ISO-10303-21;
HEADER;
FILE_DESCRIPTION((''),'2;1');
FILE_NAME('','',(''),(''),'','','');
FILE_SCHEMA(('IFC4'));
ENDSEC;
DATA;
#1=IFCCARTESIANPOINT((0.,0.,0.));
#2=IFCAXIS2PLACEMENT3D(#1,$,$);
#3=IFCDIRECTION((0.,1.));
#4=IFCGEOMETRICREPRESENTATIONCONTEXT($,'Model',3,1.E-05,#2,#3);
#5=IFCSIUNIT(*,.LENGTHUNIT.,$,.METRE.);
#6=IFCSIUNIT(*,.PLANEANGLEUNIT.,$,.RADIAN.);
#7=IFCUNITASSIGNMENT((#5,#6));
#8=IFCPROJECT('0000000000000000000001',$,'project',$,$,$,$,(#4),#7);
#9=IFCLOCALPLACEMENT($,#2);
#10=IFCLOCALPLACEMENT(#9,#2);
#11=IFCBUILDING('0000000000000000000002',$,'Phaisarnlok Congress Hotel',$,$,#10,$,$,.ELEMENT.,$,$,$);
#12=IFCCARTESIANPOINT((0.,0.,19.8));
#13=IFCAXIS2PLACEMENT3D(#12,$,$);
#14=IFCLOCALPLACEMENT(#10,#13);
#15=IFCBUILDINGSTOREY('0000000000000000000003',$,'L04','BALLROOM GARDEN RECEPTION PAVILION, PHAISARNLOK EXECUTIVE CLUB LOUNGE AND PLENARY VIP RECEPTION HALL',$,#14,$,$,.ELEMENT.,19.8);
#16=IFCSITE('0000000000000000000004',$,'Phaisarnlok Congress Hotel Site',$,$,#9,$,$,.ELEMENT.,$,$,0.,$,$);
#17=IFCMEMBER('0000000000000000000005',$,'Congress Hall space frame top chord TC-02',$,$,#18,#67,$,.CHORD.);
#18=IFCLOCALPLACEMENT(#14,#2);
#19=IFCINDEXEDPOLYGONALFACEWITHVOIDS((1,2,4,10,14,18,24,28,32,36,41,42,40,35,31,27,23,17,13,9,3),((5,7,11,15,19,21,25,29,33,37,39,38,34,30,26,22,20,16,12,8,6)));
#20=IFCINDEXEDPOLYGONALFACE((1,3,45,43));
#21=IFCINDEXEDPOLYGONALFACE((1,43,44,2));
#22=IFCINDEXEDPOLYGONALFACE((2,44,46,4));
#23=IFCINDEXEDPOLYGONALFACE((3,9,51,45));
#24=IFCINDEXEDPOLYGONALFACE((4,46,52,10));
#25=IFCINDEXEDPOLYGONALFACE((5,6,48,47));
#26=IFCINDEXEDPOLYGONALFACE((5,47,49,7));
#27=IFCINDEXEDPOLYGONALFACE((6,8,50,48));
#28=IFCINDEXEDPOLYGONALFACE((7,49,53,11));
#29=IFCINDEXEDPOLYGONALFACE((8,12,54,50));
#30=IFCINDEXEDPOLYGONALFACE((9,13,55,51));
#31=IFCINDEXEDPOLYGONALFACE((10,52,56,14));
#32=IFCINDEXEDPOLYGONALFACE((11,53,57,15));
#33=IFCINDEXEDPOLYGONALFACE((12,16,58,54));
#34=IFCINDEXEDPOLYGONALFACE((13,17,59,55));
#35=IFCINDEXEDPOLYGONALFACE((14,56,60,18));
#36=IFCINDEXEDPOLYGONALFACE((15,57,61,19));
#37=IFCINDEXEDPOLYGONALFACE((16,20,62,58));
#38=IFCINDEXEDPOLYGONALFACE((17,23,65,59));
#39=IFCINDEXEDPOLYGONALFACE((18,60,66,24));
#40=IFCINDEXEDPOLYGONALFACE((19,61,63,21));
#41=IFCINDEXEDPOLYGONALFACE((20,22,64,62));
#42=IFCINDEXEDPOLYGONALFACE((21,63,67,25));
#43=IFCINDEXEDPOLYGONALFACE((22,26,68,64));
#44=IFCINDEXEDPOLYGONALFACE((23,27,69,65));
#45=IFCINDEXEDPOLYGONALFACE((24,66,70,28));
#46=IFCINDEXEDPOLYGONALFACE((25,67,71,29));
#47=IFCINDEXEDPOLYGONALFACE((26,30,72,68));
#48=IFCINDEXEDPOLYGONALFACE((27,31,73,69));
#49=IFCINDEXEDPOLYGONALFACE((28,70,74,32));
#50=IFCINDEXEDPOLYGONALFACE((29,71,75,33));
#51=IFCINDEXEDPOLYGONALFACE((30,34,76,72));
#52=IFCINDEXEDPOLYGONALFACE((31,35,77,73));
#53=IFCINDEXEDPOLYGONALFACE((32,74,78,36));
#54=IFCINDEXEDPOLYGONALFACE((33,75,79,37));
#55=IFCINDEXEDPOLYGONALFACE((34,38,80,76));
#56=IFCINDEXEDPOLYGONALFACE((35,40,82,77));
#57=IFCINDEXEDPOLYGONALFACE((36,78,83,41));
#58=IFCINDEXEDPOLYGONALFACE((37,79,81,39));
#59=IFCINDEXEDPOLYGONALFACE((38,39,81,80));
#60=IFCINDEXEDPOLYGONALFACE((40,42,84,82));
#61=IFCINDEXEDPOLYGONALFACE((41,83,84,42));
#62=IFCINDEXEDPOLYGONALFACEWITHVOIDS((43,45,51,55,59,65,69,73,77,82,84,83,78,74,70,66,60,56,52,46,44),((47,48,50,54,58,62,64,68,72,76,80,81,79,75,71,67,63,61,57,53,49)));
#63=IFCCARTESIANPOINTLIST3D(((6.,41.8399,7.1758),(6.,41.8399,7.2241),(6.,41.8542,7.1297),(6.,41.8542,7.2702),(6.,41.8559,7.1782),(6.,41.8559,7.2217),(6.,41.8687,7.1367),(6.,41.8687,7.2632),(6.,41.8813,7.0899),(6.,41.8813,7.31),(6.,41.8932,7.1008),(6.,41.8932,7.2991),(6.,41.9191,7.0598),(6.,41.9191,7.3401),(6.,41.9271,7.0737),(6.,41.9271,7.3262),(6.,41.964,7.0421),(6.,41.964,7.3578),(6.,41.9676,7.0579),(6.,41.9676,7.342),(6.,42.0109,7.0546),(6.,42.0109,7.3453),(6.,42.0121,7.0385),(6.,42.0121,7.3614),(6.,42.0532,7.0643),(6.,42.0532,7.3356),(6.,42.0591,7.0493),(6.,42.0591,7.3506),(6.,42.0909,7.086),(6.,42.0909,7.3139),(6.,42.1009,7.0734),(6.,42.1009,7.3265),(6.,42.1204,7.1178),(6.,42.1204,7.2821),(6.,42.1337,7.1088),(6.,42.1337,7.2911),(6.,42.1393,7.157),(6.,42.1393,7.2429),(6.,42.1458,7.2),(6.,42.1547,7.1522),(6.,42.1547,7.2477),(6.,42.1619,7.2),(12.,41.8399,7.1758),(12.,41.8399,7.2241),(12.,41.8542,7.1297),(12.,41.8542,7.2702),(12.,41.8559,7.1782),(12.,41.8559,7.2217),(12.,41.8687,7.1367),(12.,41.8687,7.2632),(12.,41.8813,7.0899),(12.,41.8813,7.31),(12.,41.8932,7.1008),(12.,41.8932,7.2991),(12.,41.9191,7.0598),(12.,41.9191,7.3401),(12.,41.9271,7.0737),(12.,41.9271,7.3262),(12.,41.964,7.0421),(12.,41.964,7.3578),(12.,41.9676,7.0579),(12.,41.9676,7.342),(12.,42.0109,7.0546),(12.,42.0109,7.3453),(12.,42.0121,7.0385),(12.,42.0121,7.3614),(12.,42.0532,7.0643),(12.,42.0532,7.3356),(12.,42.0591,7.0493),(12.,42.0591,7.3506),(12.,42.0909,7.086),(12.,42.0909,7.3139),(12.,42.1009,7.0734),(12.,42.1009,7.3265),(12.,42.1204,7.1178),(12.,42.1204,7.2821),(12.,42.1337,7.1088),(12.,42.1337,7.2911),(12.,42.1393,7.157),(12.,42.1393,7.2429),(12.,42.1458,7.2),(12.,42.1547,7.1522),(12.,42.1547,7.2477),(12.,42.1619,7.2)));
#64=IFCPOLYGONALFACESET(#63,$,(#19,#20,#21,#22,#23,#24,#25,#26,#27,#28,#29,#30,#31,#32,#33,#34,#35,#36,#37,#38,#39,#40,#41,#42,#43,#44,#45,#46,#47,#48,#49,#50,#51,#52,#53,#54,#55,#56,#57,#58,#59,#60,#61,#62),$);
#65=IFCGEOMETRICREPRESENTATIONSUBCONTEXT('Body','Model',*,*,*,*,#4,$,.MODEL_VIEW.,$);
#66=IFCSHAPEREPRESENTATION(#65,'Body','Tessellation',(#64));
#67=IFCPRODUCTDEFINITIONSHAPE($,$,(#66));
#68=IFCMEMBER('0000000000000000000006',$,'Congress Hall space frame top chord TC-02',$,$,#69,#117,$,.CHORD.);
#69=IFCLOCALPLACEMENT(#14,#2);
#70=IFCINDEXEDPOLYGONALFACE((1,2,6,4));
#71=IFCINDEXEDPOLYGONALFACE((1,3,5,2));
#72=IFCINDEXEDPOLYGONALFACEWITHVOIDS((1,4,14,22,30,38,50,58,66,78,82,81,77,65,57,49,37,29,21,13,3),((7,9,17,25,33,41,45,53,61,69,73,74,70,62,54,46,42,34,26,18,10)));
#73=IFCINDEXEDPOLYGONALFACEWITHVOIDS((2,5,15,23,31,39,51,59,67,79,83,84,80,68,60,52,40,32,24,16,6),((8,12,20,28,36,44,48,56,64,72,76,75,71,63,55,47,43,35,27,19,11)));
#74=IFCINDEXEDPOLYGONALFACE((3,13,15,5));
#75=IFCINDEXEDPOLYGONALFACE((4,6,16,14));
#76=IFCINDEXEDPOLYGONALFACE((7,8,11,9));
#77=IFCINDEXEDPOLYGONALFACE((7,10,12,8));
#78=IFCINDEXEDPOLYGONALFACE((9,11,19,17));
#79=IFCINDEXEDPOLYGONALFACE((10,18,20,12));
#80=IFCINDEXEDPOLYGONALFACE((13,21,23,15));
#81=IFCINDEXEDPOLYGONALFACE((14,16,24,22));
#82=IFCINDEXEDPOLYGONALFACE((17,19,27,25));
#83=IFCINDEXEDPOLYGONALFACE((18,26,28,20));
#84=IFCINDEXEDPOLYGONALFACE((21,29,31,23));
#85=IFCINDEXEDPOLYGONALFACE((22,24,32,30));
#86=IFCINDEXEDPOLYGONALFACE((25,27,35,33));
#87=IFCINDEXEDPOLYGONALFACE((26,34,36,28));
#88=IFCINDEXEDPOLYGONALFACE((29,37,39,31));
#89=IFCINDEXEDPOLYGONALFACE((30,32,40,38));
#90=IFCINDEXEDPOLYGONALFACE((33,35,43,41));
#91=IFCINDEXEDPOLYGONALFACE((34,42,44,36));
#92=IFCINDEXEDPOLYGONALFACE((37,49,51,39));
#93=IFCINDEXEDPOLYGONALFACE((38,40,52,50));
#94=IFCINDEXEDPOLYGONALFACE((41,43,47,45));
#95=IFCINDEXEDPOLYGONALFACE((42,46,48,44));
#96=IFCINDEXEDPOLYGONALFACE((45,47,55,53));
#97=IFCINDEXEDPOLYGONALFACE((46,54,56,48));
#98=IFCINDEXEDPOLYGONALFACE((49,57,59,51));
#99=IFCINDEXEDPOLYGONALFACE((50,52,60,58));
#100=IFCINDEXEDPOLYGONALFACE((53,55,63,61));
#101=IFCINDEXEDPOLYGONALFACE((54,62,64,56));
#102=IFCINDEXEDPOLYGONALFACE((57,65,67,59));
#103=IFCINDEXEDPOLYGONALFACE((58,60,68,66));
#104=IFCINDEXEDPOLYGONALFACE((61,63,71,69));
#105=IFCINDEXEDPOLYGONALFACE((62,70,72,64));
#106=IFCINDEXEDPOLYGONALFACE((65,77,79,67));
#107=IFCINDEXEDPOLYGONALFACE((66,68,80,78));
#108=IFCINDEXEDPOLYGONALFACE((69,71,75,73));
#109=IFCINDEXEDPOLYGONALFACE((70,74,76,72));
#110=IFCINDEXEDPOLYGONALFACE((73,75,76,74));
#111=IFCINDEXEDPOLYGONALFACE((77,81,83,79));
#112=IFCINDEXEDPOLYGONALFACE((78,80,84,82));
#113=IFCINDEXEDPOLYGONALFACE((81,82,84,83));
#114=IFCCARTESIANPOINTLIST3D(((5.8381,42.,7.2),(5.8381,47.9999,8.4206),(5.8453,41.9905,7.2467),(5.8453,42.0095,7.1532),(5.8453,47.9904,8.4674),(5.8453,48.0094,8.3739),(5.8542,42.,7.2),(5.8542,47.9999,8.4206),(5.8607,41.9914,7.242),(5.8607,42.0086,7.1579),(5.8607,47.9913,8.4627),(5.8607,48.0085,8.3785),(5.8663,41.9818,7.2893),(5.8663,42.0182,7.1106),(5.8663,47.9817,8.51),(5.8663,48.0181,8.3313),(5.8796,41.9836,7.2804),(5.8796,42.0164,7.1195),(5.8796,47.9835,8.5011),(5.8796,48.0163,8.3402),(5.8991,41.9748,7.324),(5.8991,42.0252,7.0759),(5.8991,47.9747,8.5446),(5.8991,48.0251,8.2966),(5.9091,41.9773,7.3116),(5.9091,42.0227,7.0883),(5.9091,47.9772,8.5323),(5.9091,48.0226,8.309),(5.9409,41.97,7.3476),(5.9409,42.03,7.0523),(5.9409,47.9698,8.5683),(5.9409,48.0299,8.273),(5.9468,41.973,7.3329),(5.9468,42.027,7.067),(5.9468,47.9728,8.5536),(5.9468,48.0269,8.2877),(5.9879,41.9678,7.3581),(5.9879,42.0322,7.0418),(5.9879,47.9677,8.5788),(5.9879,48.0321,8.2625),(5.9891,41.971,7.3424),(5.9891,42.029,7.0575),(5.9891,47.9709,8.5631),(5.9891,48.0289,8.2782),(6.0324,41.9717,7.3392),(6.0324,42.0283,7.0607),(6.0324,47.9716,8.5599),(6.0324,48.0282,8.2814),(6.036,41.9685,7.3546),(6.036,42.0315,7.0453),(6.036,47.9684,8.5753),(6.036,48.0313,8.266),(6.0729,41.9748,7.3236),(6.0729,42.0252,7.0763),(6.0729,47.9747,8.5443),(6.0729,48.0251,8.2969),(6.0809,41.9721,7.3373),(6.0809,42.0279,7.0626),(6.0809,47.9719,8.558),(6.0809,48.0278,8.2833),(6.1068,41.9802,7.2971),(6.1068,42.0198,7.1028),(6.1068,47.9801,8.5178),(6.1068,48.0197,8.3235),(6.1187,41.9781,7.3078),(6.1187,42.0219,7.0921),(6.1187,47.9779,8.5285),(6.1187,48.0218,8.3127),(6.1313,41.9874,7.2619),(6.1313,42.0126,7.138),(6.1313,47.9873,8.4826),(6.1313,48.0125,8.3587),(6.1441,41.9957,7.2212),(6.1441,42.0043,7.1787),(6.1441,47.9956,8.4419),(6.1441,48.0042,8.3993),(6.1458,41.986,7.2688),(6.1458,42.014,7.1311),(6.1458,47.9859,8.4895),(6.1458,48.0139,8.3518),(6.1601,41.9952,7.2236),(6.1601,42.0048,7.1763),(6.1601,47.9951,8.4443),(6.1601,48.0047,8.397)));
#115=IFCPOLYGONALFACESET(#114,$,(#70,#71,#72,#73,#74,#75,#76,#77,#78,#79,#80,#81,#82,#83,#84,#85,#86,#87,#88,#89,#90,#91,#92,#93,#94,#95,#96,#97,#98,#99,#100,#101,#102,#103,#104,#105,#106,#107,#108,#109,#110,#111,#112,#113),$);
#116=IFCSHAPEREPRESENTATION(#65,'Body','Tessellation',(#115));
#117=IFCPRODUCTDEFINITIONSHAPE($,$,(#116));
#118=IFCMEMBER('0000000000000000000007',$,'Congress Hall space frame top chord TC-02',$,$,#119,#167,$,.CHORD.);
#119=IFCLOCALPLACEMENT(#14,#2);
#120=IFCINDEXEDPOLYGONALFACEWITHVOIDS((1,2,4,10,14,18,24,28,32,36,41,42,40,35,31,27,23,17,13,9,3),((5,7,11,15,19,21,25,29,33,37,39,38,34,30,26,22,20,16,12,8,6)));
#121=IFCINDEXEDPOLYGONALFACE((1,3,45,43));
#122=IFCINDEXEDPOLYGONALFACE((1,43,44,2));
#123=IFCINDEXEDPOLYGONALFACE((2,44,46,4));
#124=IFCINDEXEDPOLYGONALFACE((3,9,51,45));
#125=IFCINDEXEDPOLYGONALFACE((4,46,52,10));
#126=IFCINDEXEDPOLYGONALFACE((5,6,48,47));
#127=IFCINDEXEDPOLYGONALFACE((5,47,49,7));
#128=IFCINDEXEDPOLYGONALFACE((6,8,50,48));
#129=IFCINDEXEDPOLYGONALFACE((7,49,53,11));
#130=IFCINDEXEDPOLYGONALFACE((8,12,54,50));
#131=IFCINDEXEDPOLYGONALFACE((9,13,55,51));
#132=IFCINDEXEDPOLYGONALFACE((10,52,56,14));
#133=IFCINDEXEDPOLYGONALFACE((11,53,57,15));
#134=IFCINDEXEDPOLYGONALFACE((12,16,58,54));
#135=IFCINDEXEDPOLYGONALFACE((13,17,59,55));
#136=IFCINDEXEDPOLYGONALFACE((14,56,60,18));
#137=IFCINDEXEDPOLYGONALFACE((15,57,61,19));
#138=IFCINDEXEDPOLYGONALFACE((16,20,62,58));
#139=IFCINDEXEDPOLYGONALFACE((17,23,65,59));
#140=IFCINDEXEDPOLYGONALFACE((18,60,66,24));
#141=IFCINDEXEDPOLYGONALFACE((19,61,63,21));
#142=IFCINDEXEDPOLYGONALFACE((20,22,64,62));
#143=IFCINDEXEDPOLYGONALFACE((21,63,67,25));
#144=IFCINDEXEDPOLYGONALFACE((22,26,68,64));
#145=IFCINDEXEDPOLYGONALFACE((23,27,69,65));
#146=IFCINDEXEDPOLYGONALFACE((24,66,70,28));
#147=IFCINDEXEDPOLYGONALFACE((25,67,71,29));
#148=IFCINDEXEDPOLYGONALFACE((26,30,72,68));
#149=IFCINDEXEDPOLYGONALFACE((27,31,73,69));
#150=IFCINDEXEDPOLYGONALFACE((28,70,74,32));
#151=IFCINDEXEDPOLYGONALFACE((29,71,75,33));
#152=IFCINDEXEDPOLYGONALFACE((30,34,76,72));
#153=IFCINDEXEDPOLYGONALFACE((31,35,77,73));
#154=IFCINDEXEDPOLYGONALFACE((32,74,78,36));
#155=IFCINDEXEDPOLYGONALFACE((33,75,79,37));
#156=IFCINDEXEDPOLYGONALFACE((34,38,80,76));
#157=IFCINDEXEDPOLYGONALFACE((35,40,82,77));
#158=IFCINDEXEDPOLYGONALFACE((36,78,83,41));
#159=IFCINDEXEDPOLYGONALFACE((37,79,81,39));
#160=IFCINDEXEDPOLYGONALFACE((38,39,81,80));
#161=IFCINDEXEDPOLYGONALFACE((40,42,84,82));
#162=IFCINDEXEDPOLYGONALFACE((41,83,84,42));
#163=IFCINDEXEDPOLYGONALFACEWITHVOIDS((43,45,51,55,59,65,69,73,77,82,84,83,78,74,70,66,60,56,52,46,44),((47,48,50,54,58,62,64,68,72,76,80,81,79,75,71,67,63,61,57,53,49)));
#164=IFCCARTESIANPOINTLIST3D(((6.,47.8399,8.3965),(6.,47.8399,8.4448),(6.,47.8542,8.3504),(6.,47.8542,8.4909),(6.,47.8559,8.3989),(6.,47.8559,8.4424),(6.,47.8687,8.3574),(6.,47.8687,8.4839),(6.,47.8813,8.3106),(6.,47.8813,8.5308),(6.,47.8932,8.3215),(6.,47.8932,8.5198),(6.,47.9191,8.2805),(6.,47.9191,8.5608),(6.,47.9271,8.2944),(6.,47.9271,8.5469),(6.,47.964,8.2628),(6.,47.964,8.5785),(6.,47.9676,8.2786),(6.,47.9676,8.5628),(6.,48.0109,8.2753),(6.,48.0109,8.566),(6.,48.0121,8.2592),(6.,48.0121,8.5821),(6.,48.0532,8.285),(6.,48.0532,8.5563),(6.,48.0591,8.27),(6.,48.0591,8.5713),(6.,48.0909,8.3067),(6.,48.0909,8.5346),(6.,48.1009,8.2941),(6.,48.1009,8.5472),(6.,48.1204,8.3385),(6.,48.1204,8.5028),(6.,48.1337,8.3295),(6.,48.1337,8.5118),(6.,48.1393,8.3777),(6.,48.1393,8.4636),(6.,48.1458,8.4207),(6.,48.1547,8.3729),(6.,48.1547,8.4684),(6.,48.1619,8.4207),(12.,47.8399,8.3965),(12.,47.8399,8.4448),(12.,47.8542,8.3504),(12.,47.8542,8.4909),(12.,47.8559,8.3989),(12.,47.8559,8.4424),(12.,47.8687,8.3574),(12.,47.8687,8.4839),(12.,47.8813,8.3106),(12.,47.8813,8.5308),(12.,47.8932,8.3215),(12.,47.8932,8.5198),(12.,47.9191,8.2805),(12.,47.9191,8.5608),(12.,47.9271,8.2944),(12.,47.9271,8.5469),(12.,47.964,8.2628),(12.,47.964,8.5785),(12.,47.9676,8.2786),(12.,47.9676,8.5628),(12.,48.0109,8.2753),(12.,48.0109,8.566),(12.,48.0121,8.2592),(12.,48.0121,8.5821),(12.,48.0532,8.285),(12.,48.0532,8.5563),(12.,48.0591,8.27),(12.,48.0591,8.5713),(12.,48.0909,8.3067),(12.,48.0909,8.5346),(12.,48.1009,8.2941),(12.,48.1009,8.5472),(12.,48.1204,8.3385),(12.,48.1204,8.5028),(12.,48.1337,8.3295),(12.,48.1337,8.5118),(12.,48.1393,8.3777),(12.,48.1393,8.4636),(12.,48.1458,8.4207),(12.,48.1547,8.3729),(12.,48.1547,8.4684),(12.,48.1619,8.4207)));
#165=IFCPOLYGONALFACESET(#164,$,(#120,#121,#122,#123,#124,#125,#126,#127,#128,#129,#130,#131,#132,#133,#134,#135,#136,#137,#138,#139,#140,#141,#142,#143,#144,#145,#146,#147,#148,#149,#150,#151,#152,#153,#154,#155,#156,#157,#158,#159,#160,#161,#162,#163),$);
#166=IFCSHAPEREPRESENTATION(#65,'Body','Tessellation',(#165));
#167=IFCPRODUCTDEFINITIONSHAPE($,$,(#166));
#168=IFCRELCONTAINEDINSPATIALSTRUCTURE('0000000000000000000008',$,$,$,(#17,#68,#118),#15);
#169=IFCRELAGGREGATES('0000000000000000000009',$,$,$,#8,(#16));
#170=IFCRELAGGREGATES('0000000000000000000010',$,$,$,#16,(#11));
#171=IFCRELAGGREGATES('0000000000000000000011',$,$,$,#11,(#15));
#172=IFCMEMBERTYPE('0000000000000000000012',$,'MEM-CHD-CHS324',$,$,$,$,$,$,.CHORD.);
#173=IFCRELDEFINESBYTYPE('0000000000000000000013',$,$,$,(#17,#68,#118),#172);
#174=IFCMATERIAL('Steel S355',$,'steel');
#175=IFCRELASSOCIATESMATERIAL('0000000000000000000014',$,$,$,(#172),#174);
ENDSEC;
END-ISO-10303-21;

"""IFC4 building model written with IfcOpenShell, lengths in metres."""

from ifc_helpers import new_model, si_unit, direction, frame, origin, origin_2d, place, context, subcontext, project, spatial, hollow_circle, extrude, material, material_profile, profile_set, type_object, element, save


model = new_model("IFC4")

# Units and contexts
model_context = context("Model", 3, precision=1e-05, world=origin(), true_north=direction((0.0, 1.0)))
body_context = subcontext(model_context, "Body", "Model", "MODEL_VIEW")
ifc_project = project(units=[si_unit("LENGTHUNIT", "METRE"), si_unit("PLANEANGLEUNIT", "RADIAN")], contexts=[model_context])

# Site, building, storey
site_placement = place(None, origin())
site = spatial("IfcSite", under=ifc_project, at=site_placement, Name="Phaisarnlok Congress Hotel Site", CompositionType="ELEMENT", RefElevation=0.0)
building_placement = place(site_placement, origin())
building = spatial("IfcBuilding", under=site, at=building_placement, Name="Phaisarnlok Congress Hotel", CompositionType="ELEMENT")
storey_placement = place(building_placement, frame((0.0, 0.0, 19.8)))
storey = spatial("IfcBuildingStorey", under=building, at=storey_placement, Name="L04", Description="BALLROOM GARDEN RECEPTION PAVILION, PHAISARNLOK EXECUTIVE CLUB LOUNGE AND PLENARY VIP RECEPTION HALL", CompositionType="ELEMENT", Elevation=19.8)

# Members
ifc_material_1 = material(Name="Steel S355", Category="steel")
ifc_material_profile_1 = material_profile(ifc_material_1, hollow_circle(Radius=0.1619, WallThickness=0.0161, at=origin_2d()), Name="CHS 323.9x16")
ifc_profile_set_1 = profile_set([ifc_material_profile_1], Name="Steel S355")
member_type_1 = type_object("IfcMemberType", Name="MEM-CHD-CHS324", PredefinedType="CHORD", material=ifc_profile_set_1)
member_1_placement = place(storey_placement, frame((6.0, 42.0, 7.2), z_axis=(1.0, 0.0, 0.0), x_axis=(0.0, 1.0, 0.0)))
element("IfcMember", 1, at=member_1_placement, inside=storey, type_object=member_type_1, Name="Congress Hall space frame top chord TC-02", PredefinedType="CHORD", context=body_context, shape_type="SweptSolid", body=[
    extrude(hollow_circle(Radius=0.1619, WallThickness=0.0161, at=origin_2d()), origin(), (0.0, 0.0, 1.0), 6.0),
])
member_2_placement = place(storey_placement, frame((6.0, 42.0, 7.2), z_axis=(0.0, 0.979925, 0.199366), x_axis=(-1.0, 0.0, 0.0)))
element("IfcMember", 2, at=member_2_placement, inside=storey, type_object=member_type_1, Name="Congress Hall space frame top chord TC-02", PredefinedType="CHORD", context=body_context, shape_type="SweptSolid", body=[
    extrude(hollow_circle(Radius=0.1619, WallThickness=0.0161, at=origin_2d()), origin(), (0.0, 0.0, 1.0), 6.1228),
])
member_3_placement = place(storey_placement, frame((6.0, 48.0, 8.4207), z_axis=(1.0, 0.0, 0.0), x_axis=(0.0, 1.0, 0.0)))
element("IfcMember", 3, at=member_3_placement, inside=storey, type_object=member_type_1, Name="Congress Hall space frame top chord TC-02", PredefinedType="CHORD", context=body_context, shape_type="SweptSolid", body=[
    extrude(hollow_circle(Radius=0.1619, WallThickness=0.0161, at=origin_2d()), origin(), (0.0, 0.0, 1.0), 6.0),
])

save(model, "model.ifc")
